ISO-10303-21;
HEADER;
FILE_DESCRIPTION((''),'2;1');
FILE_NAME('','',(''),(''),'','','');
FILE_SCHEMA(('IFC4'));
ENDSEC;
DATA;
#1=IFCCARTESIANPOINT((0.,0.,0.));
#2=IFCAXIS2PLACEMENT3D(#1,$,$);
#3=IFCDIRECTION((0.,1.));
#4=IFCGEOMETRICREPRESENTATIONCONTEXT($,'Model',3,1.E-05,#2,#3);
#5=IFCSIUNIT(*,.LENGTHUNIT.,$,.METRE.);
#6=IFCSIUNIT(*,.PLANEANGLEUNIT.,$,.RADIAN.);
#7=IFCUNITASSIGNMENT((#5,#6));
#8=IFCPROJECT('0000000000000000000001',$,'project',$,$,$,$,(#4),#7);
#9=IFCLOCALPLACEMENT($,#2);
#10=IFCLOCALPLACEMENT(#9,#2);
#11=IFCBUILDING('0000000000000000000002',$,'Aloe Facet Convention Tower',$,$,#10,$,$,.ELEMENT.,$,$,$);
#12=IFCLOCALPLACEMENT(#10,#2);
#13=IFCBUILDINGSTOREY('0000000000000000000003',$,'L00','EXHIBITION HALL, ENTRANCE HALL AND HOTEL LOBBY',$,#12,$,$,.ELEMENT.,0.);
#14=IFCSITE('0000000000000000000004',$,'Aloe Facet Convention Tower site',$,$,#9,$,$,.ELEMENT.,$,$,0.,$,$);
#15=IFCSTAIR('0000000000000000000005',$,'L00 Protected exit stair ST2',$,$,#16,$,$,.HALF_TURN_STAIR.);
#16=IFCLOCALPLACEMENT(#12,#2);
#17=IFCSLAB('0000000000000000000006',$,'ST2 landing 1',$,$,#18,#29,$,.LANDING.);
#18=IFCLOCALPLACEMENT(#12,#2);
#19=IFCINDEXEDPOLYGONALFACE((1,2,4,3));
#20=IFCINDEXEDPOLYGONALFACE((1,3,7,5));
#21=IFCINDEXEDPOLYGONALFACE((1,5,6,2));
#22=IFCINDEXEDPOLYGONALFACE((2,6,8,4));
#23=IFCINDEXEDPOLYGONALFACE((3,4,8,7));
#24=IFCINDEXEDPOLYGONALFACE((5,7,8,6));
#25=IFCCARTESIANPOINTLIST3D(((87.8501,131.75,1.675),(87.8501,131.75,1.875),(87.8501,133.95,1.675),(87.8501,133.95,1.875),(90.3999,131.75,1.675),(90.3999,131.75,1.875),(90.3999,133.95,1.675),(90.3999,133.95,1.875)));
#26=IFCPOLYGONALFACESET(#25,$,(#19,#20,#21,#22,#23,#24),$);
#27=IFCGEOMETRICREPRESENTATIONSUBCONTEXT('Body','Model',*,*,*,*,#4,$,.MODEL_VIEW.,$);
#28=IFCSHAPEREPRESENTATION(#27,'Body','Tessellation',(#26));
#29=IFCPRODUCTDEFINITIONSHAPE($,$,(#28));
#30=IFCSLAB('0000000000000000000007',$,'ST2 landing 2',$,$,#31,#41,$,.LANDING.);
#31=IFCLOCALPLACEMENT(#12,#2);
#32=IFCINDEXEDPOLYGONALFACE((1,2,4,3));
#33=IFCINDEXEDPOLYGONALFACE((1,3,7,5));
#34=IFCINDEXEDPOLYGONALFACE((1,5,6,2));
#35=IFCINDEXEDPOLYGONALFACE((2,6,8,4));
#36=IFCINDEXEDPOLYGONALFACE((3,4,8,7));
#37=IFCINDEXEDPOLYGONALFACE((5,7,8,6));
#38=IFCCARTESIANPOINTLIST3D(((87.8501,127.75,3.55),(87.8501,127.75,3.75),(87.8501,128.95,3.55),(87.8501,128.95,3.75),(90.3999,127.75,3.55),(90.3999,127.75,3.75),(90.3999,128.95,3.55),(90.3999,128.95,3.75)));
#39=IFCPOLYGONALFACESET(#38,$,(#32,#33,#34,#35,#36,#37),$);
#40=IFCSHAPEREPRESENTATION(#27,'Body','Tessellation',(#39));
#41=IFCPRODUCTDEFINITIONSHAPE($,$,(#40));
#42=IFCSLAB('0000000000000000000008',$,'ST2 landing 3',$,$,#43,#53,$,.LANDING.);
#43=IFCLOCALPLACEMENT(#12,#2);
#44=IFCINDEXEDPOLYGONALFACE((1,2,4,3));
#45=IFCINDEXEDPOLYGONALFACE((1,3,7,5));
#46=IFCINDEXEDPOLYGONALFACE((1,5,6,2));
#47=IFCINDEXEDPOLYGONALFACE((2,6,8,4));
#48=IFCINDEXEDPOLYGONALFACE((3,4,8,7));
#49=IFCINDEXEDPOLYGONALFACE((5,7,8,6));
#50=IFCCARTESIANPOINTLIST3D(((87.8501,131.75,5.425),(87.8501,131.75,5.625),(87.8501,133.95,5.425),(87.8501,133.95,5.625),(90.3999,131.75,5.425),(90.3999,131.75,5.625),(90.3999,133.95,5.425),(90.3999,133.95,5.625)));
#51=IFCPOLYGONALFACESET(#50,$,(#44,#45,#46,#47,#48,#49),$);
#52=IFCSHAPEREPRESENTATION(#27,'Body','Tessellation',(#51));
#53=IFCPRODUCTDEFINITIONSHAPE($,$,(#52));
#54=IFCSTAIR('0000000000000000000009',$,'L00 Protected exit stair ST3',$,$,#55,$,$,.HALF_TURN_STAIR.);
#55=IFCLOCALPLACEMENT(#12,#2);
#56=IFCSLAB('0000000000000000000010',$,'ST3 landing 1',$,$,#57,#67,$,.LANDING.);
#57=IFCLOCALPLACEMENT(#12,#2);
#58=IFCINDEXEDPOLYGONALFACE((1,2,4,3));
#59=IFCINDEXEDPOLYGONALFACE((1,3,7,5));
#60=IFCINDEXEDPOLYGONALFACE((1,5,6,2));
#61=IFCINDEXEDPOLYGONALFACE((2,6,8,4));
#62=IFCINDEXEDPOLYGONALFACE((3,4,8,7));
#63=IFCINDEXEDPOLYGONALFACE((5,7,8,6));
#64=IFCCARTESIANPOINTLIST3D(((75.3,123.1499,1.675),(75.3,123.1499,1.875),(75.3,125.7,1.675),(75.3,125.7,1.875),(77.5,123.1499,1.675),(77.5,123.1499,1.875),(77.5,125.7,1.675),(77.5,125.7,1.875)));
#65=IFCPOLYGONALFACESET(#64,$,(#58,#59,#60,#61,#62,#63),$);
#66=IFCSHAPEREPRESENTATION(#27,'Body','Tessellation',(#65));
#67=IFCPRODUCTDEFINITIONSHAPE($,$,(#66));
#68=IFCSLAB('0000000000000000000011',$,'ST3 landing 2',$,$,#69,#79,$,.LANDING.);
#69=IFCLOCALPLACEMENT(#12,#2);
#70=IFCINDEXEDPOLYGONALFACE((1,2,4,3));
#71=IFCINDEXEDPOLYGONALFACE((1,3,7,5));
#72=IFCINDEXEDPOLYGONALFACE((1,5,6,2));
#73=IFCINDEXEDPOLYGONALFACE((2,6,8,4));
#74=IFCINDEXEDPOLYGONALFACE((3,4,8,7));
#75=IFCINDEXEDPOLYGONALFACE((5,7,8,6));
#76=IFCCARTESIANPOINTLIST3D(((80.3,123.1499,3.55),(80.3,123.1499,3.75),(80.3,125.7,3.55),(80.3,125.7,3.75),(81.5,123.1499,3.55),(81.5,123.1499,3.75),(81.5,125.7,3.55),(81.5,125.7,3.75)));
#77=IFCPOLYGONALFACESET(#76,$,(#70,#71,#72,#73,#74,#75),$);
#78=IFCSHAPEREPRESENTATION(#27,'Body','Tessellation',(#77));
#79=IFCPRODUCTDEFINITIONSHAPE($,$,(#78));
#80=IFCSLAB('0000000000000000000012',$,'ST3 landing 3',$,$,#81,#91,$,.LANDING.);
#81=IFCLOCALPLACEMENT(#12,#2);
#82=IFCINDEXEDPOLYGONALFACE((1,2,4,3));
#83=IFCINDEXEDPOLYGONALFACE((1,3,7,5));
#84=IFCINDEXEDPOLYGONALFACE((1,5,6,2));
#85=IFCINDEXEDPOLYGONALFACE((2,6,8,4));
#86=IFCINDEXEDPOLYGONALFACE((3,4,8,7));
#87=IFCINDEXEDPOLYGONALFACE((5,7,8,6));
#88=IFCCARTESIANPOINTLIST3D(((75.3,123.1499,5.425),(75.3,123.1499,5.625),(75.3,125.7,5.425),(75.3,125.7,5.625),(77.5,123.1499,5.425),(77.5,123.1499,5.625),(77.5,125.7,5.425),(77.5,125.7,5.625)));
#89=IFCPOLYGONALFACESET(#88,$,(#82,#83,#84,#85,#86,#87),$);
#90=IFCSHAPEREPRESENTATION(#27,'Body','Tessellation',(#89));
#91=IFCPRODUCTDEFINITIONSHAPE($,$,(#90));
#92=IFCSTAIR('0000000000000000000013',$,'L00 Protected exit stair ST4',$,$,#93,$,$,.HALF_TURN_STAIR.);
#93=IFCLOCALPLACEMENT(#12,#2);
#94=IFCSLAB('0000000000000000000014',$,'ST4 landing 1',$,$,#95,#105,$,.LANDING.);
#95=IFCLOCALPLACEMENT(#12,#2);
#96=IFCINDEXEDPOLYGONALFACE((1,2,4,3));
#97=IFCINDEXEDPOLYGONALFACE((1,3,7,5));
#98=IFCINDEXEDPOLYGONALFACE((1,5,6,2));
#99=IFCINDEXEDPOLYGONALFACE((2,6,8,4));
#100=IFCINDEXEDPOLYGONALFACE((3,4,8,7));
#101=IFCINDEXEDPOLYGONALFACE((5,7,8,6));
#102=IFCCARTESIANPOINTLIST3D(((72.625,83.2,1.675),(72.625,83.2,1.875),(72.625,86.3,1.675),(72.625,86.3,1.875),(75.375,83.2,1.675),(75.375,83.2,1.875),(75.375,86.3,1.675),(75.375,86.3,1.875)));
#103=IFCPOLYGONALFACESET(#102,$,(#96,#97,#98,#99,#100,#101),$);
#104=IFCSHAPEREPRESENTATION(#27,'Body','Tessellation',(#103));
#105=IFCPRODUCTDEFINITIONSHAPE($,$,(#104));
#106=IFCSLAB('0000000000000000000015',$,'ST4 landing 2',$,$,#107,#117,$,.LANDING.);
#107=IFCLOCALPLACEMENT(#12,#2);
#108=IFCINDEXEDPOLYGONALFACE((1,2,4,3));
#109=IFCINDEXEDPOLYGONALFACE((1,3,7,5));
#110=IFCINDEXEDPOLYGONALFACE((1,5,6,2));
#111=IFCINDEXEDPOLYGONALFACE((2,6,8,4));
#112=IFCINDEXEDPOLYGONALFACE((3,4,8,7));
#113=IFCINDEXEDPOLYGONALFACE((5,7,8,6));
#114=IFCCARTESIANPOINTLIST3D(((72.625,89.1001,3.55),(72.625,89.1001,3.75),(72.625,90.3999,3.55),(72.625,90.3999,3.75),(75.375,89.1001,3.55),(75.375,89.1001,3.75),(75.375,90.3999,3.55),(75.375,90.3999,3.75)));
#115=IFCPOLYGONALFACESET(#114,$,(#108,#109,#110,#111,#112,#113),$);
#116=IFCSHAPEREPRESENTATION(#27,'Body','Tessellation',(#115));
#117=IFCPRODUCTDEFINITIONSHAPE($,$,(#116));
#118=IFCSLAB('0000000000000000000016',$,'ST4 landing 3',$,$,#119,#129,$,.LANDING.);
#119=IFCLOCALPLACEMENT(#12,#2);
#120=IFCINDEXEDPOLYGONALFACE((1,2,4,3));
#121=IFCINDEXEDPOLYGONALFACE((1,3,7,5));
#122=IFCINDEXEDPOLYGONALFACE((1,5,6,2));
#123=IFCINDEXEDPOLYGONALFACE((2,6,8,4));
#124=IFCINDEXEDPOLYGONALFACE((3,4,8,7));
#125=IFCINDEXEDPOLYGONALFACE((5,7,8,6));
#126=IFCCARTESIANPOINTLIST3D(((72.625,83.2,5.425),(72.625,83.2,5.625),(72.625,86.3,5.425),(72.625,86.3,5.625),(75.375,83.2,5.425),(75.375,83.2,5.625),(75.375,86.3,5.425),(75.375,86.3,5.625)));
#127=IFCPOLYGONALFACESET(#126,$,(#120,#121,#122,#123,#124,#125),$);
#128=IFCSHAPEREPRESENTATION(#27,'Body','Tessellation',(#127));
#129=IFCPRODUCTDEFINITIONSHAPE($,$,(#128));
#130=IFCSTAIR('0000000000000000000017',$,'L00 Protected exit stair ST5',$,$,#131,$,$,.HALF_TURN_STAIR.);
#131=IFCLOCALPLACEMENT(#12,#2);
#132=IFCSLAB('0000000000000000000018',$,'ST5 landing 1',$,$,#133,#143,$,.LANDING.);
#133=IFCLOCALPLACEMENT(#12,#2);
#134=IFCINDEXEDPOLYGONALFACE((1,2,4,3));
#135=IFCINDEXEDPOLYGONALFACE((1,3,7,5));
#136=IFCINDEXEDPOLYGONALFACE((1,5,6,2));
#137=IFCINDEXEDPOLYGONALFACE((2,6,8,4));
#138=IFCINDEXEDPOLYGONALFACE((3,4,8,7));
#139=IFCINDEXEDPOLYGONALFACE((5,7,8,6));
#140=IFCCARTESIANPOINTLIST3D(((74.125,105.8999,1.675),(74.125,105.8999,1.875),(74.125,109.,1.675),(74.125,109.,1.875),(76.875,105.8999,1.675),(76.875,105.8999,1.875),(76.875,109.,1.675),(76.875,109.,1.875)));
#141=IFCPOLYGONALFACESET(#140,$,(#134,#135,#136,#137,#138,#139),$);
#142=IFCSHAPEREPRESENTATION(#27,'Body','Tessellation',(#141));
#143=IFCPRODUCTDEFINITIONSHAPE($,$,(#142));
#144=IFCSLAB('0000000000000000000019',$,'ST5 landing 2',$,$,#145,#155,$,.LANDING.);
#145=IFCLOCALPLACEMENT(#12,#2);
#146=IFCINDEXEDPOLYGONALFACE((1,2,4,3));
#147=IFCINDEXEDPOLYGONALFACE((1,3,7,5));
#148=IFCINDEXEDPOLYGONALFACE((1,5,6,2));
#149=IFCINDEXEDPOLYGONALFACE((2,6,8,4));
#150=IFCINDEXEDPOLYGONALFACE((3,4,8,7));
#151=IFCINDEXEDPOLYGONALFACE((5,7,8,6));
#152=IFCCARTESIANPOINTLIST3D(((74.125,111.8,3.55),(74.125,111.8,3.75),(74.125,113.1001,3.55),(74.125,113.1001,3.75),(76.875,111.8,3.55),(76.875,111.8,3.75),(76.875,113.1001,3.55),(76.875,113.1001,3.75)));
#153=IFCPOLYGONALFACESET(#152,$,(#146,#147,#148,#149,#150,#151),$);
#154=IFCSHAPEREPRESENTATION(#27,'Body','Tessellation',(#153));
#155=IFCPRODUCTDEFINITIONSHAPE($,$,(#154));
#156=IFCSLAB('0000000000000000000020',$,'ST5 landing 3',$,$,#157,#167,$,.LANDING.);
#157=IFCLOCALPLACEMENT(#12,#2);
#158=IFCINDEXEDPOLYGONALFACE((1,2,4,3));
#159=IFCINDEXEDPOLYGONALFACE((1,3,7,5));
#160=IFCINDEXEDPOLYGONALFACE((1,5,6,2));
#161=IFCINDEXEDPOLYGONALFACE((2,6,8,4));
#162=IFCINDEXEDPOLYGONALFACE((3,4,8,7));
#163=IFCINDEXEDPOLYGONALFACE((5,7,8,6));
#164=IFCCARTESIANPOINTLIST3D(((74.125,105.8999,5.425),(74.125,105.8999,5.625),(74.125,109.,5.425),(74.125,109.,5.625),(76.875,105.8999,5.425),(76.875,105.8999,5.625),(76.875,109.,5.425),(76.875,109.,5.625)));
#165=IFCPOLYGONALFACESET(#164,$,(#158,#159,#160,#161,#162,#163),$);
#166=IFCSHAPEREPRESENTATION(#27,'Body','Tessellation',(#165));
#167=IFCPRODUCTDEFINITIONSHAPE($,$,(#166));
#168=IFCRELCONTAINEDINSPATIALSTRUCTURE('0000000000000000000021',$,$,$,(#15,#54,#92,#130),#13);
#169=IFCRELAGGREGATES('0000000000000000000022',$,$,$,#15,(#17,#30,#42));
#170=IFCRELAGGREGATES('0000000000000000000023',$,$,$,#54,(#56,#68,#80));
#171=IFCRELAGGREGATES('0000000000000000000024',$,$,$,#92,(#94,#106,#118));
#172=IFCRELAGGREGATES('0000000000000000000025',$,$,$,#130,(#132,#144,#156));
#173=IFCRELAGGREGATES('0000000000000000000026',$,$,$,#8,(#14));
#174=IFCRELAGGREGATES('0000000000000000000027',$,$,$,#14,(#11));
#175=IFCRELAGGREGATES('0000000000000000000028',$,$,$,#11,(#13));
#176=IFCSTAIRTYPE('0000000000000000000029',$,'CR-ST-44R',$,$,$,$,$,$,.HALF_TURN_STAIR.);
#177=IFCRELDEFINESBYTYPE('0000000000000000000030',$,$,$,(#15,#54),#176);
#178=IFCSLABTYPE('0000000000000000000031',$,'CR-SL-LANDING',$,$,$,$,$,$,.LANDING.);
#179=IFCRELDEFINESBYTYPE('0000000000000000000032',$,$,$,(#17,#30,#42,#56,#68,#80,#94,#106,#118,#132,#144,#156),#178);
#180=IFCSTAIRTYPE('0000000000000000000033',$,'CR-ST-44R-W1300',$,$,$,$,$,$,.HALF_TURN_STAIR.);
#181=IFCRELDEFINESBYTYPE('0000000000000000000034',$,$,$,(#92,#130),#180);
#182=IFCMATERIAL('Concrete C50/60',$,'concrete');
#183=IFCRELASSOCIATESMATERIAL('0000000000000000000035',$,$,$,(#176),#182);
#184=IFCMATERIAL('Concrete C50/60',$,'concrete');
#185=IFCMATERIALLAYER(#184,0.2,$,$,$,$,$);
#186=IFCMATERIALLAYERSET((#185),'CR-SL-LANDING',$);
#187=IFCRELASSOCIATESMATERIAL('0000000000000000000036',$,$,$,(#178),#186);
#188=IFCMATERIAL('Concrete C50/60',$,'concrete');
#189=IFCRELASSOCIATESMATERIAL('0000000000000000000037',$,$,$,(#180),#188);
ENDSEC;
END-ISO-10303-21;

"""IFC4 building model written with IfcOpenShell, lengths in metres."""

from ifc_helpers import new_model, si_unit, direction, frame, origin, place, context, subcontext, project, spatial, polyline, outline, extrude, material, layer, layer_set, type_object, element, aggregate, save


model = new_model("IFC4")

# Units and contexts
model_context = context("Model", 3, precision=1e-05, world=origin(), true_north=direction((0.0, 1.0)))
body_context = subcontext(model_context, "Body", "Model", "MODEL_VIEW")
ifc_project = project(units=[si_unit("LENGTHUNIT", "METRE"), si_unit("PLANEANGLEUNIT", "RADIAN")], contexts=[model_context])

# Site, building, storey
site_placement = place(None, origin())
site = spatial("IfcSite", under=ifc_project, at=site_placement, Name="Aloe Facet Convention Tower site", CompositionType="ELEMENT", RefElevation=0.0)
building_placement = place(site_placement, origin())
building = spatial("IfcBuilding", under=site, at=building_placement, Name="Aloe Facet Convention Tower", CompositionType="ELEMENT")
storey_placement = place(building_placement, origin())
storey = spatial("IfcBuildingStorey", under=building, at=storey_placement, Name="L00", Description="EXHIBITION HALL, ENTRANCE HALL AND HOTEL LOBBY", CompositionType="ELEMENT", Elevation=0.0)

# Stairs, slabs
ifc_material_1 = material(Name="Concrete C50/60", Category="concrete")
stair_type_1 = type_object("IfcStairType", Name="CR-ST-44R", PredefinedType="HALF_TURN_STAIR", material=ifc_material_1)
ifc_material_2 = material(Name="Concrete C50/60", Category="concrete")
ifc_layer_1 = layer(ifc_material_2, 0.2)
ifc_layer_set_1 = layer_set([ifc_layer_1], Name="CR-SL-LANDING")
slab_type_1 = type_object("IfcSlabType", Name="CR-SL-LANDING", PredefinedType="LANDING", material=ifc_layer_set_1)
stair_1_placement = place(storey_placement, origin())
stair_1 = element("IfcStair", 1, at=stair_1_placement, inside=storey, type_object=stair_type_1, Name="L00 Protected exit stair ST2", PredefinedType="HALF_TURN_STAIR")
slab_1_placement = place(storey_placement, frame((0.0, 0.0, 1.675)))
slab_1 = element("IfcSlab", 2, at=slab_1_placement, type_object=slab_type_1, Name="ST2 landing 1", PredefinedType="LANDING", context=body_context, shape_type="SweptSolid", body=[
    extrude(outline(polyline([(90.3999, 131.75), (90.3999, 133.95), (87.8501, 133.95), (87.8501, 131.75), (90.3999, 131.75)])), origin(), (0.0, 0.0, 1.0), 0.2),
])
slab_2_placement = place(storey_placement, frame((0.0, 0.0, 3.55)))
slab_2 = element("IfcSlab", 3, at=slab_2_placement, type_object=slab_type_1, Name="ST2 landing 2", PredefinedType="LANDING", context=body_context, shape_type="SweptSolid", body=[
    extrude(outline(polyline([(90.3999, 127.75), (90.3999, 128.95), (87.8501, 128.95), (87.8501, 127.75), (90.3999, 127.75)])), origin(), (0.0, 0.0, 1.0), 0.2),
])
slab_3_placement = place(storey_placement, frame((0.0, 0.0, 5.425)))
slab_3 = element("IfcSlab", 4, at=slab_3_placement, type_object=slab_type_1, Name="ST2 landing 3", PredefinedType="LANDING", context=body_context, shape_type="SweptSolid", body=[
    extrude(outline(polyline([(90.3999, 131.75), (90.3999, 133.95), (87.8501, 133.95), (87.8501, 131.75), (90.3999, 131.75)])), origin(), (0.0, 0.0, 1.0), 0.2),
])
aggregate(stair_1, [slab_1, slab_2, slab_3])
stair_2_placement = place(storey_placement, origin())
stair_2 = element("IfcStair", 5, at=stair_2_placement, inside=storey, type_object=stair_type_1, Name="L00 Protected exit stair ST3", PredefinedType="HALF_TURN_STAIR")
slab_4_placement = place(storey_placement, frame((0.0, 0.0, 1.675)))
slab_4 = element("IfcSlab", 6, at=slab_4_placement, type_object=slab_type_1, Name="ST3 landing 1", PredefinedType="LANDING", context=body_context, shape_type="SweptSolid", body=[
    extrude(outline(polyline([(77.5, 125.7), (75.3, 125.7), (75.3, 123.1499), (77.5, 123.1499), (77.5, 125.7)])), origin(), (0.0, 0.0, 1.0), 0.2),
])
slab_5_placement = place(storey_placement, frame((0.0, 0.0, 3.55)))
slab_5 = element("IfcSlab", 7, at=slab_5_placement, type_object=slab_type_1, Name="ST3 landing 2", PredefinedType="LANDING", context=body_context, shape_type="SweptSolid", body=[
    extrude(outline(polyline([(81.5, 125.7), (80.3, 125.7), (80.3, 123.1499), (81.5, 123.1499), (81.5, 125.7)])), origin(), (0.0, 0.0, 1.0), 0.2),
])
slab_6_placement = place(storey_placement, frame((0.0, 0.0, 5.425)))
slab_6 = element("IfcSlab", 8, at=slab_6_placement, type_object=slab_type_1, Name="ST3 landing 3", PredefinedType="LANDING", context=body_context, shape_type="SweptSolid", body=[
    extrude(outline(polyline([(77.5, 125.7), (75.3, 125.7), (75.3, 123.1499), (77.5, 123.1499), (77.5, 125.7)])), origin(), (0.0, 0.0, 1.0), 0.2),
])
aggregate(stair_2, [slab_4, slab_5, slab_6])
ifc_material_3 = material(Name="Concrete C50/60", Category="concrete")
stair_type_2 = type_object("IfcStairType", Name="CR-ST-44R-W1300", PredefinedType="HALF_TURN_STAIR", material=ifc_material_3)
stair_3_placement = place(storey_placement, origin())
stair_3 = element("IfcStair", 9, at=stair_3_placement, inside=storey, type_object=stair_type_2, Name="L00 Protected exit stair ST4", PredefinedType="HALF_TURN_STAIR")
slab_7_placement = place(storey_placement, frame((0.0, 0.0, 1.675)))
slab_7 = element("IfcSlab", 10, at=slab_7_placement, type_object=slab_type_1, Name="ST4 landing 1", PredefinedType="LANDING", context=body_context, shape_type="SweptSolid", body=[
    extrude(outline(polyline([(72.625, 86.3), (72.625, 83.2), (75.375, 83.2), (75.375, 86.3), (72.625, 86.3)])), origin(), (0.0, 0.0, 1.0), 0.2),
])
slab_8_placement = place(storey_placement, frame((0.0, 0.0, 3.55)))
slab_8 = element("IfcSlab", 11, at=slab_8_placement, type_object=slab_type_1, Name="ST4 landing 2", PredefinedType="LANDING", context=body_context, shape_type="SweptSolid", body=[
    extrude(outline(polyline([(72.625, 90.3999), (72.625, 89.1001), (75.375, 89.1001), (75.375, 90.3999), (72.625, 90.3999)])), origin(), (0.0, 0.0, 1.0), 0.2),
])
slab_9_placement = place(storey_placement, frame((0.0, 0.0, 5.425)))
slab_9 = element("IfcSlab", 12, at=slab_9_placement, type_object=slab_type_1, Name="ST4 landing 3", PredefinedType="LANDING", context=body_context, shape_type="SweptSolid", body=[
    extrude(outline(polyline([(72.625, 86.3), (72.625, 83.2), (75.375, 83.2), (75.375, 86.3), (72.625, 86.3)])), origin(), (0.0, 0.0, 1.0), 0.2),
])
aggregate(stair_3, [slab_7, slab_8, slab_9])
stair_4_placement = place(storey_placement, origin())
stair_4 = element("IfcStair", 13, at=stair_4_placement, inside=storey, type_object=stair_type_2, Name="L00 Protected exit stair ST5", PredefinedType="HALF_TURN_STAIR")
slab_10_placement = place(storey_placement, frame((0.0, 0.0, 1.675)))
slab_10 = element("IfcSlab", 14, at=slab_10_placement, type_object=slab_type_1, Name="ST5 landing 1", PredefinedType="LANDING", context=body_context, shape_type="SweptSolid", body=[
    extrude(outline(polyline([(74.125, 109.0), (74.125, 105.8999), (76.875, 105.8999), (76.875, 109.0), (74.125, 109.0)])), origin(), (0.0, 0.0, 1.0), 0.2),
])
slab_11_placement = place(storey_placement, frame((0.0, 0.0, 3.55)))
slab_11 = element("IfcSlab", 15, at=slab_11_placement, type_object=slab_type_1, Name="ST5 landing 2", PredefinedType="LANDING", context=body_context, shape_type="SweptSolid", body=[
    extrude(outline(polyline([(74.125, 113.1001), (74.125, 111.8), (76.875, 111.8), (76.875, 113.1001), (74.125, 113.1001)])), origin(), (0.0, 0.0, 1.0), 0.2),
])
slab_12_placement = place(storey_placement, frame((0.0, 0.0, 5.425)))
slab_12 = element("IfcSlab", 16, at=slab_12_placement, type_object=slab_type_1, Name="ST5 landing 3", PredefinedType="LANDING", context=body_context, shape_type="SweptSolid", body=[
    extrude(outline(polyline([(74.125, 109.0), (74.125, 105.8999), (76.875, 105.8999), (76.875, 109.0), (74.125, 109.0)])), origin(), (0.0, 0.0, 1.0), 0.2),
])
aggregate(stair_4, [slab_10, slab_11, slab_12])

save(model, "model.ifc")
